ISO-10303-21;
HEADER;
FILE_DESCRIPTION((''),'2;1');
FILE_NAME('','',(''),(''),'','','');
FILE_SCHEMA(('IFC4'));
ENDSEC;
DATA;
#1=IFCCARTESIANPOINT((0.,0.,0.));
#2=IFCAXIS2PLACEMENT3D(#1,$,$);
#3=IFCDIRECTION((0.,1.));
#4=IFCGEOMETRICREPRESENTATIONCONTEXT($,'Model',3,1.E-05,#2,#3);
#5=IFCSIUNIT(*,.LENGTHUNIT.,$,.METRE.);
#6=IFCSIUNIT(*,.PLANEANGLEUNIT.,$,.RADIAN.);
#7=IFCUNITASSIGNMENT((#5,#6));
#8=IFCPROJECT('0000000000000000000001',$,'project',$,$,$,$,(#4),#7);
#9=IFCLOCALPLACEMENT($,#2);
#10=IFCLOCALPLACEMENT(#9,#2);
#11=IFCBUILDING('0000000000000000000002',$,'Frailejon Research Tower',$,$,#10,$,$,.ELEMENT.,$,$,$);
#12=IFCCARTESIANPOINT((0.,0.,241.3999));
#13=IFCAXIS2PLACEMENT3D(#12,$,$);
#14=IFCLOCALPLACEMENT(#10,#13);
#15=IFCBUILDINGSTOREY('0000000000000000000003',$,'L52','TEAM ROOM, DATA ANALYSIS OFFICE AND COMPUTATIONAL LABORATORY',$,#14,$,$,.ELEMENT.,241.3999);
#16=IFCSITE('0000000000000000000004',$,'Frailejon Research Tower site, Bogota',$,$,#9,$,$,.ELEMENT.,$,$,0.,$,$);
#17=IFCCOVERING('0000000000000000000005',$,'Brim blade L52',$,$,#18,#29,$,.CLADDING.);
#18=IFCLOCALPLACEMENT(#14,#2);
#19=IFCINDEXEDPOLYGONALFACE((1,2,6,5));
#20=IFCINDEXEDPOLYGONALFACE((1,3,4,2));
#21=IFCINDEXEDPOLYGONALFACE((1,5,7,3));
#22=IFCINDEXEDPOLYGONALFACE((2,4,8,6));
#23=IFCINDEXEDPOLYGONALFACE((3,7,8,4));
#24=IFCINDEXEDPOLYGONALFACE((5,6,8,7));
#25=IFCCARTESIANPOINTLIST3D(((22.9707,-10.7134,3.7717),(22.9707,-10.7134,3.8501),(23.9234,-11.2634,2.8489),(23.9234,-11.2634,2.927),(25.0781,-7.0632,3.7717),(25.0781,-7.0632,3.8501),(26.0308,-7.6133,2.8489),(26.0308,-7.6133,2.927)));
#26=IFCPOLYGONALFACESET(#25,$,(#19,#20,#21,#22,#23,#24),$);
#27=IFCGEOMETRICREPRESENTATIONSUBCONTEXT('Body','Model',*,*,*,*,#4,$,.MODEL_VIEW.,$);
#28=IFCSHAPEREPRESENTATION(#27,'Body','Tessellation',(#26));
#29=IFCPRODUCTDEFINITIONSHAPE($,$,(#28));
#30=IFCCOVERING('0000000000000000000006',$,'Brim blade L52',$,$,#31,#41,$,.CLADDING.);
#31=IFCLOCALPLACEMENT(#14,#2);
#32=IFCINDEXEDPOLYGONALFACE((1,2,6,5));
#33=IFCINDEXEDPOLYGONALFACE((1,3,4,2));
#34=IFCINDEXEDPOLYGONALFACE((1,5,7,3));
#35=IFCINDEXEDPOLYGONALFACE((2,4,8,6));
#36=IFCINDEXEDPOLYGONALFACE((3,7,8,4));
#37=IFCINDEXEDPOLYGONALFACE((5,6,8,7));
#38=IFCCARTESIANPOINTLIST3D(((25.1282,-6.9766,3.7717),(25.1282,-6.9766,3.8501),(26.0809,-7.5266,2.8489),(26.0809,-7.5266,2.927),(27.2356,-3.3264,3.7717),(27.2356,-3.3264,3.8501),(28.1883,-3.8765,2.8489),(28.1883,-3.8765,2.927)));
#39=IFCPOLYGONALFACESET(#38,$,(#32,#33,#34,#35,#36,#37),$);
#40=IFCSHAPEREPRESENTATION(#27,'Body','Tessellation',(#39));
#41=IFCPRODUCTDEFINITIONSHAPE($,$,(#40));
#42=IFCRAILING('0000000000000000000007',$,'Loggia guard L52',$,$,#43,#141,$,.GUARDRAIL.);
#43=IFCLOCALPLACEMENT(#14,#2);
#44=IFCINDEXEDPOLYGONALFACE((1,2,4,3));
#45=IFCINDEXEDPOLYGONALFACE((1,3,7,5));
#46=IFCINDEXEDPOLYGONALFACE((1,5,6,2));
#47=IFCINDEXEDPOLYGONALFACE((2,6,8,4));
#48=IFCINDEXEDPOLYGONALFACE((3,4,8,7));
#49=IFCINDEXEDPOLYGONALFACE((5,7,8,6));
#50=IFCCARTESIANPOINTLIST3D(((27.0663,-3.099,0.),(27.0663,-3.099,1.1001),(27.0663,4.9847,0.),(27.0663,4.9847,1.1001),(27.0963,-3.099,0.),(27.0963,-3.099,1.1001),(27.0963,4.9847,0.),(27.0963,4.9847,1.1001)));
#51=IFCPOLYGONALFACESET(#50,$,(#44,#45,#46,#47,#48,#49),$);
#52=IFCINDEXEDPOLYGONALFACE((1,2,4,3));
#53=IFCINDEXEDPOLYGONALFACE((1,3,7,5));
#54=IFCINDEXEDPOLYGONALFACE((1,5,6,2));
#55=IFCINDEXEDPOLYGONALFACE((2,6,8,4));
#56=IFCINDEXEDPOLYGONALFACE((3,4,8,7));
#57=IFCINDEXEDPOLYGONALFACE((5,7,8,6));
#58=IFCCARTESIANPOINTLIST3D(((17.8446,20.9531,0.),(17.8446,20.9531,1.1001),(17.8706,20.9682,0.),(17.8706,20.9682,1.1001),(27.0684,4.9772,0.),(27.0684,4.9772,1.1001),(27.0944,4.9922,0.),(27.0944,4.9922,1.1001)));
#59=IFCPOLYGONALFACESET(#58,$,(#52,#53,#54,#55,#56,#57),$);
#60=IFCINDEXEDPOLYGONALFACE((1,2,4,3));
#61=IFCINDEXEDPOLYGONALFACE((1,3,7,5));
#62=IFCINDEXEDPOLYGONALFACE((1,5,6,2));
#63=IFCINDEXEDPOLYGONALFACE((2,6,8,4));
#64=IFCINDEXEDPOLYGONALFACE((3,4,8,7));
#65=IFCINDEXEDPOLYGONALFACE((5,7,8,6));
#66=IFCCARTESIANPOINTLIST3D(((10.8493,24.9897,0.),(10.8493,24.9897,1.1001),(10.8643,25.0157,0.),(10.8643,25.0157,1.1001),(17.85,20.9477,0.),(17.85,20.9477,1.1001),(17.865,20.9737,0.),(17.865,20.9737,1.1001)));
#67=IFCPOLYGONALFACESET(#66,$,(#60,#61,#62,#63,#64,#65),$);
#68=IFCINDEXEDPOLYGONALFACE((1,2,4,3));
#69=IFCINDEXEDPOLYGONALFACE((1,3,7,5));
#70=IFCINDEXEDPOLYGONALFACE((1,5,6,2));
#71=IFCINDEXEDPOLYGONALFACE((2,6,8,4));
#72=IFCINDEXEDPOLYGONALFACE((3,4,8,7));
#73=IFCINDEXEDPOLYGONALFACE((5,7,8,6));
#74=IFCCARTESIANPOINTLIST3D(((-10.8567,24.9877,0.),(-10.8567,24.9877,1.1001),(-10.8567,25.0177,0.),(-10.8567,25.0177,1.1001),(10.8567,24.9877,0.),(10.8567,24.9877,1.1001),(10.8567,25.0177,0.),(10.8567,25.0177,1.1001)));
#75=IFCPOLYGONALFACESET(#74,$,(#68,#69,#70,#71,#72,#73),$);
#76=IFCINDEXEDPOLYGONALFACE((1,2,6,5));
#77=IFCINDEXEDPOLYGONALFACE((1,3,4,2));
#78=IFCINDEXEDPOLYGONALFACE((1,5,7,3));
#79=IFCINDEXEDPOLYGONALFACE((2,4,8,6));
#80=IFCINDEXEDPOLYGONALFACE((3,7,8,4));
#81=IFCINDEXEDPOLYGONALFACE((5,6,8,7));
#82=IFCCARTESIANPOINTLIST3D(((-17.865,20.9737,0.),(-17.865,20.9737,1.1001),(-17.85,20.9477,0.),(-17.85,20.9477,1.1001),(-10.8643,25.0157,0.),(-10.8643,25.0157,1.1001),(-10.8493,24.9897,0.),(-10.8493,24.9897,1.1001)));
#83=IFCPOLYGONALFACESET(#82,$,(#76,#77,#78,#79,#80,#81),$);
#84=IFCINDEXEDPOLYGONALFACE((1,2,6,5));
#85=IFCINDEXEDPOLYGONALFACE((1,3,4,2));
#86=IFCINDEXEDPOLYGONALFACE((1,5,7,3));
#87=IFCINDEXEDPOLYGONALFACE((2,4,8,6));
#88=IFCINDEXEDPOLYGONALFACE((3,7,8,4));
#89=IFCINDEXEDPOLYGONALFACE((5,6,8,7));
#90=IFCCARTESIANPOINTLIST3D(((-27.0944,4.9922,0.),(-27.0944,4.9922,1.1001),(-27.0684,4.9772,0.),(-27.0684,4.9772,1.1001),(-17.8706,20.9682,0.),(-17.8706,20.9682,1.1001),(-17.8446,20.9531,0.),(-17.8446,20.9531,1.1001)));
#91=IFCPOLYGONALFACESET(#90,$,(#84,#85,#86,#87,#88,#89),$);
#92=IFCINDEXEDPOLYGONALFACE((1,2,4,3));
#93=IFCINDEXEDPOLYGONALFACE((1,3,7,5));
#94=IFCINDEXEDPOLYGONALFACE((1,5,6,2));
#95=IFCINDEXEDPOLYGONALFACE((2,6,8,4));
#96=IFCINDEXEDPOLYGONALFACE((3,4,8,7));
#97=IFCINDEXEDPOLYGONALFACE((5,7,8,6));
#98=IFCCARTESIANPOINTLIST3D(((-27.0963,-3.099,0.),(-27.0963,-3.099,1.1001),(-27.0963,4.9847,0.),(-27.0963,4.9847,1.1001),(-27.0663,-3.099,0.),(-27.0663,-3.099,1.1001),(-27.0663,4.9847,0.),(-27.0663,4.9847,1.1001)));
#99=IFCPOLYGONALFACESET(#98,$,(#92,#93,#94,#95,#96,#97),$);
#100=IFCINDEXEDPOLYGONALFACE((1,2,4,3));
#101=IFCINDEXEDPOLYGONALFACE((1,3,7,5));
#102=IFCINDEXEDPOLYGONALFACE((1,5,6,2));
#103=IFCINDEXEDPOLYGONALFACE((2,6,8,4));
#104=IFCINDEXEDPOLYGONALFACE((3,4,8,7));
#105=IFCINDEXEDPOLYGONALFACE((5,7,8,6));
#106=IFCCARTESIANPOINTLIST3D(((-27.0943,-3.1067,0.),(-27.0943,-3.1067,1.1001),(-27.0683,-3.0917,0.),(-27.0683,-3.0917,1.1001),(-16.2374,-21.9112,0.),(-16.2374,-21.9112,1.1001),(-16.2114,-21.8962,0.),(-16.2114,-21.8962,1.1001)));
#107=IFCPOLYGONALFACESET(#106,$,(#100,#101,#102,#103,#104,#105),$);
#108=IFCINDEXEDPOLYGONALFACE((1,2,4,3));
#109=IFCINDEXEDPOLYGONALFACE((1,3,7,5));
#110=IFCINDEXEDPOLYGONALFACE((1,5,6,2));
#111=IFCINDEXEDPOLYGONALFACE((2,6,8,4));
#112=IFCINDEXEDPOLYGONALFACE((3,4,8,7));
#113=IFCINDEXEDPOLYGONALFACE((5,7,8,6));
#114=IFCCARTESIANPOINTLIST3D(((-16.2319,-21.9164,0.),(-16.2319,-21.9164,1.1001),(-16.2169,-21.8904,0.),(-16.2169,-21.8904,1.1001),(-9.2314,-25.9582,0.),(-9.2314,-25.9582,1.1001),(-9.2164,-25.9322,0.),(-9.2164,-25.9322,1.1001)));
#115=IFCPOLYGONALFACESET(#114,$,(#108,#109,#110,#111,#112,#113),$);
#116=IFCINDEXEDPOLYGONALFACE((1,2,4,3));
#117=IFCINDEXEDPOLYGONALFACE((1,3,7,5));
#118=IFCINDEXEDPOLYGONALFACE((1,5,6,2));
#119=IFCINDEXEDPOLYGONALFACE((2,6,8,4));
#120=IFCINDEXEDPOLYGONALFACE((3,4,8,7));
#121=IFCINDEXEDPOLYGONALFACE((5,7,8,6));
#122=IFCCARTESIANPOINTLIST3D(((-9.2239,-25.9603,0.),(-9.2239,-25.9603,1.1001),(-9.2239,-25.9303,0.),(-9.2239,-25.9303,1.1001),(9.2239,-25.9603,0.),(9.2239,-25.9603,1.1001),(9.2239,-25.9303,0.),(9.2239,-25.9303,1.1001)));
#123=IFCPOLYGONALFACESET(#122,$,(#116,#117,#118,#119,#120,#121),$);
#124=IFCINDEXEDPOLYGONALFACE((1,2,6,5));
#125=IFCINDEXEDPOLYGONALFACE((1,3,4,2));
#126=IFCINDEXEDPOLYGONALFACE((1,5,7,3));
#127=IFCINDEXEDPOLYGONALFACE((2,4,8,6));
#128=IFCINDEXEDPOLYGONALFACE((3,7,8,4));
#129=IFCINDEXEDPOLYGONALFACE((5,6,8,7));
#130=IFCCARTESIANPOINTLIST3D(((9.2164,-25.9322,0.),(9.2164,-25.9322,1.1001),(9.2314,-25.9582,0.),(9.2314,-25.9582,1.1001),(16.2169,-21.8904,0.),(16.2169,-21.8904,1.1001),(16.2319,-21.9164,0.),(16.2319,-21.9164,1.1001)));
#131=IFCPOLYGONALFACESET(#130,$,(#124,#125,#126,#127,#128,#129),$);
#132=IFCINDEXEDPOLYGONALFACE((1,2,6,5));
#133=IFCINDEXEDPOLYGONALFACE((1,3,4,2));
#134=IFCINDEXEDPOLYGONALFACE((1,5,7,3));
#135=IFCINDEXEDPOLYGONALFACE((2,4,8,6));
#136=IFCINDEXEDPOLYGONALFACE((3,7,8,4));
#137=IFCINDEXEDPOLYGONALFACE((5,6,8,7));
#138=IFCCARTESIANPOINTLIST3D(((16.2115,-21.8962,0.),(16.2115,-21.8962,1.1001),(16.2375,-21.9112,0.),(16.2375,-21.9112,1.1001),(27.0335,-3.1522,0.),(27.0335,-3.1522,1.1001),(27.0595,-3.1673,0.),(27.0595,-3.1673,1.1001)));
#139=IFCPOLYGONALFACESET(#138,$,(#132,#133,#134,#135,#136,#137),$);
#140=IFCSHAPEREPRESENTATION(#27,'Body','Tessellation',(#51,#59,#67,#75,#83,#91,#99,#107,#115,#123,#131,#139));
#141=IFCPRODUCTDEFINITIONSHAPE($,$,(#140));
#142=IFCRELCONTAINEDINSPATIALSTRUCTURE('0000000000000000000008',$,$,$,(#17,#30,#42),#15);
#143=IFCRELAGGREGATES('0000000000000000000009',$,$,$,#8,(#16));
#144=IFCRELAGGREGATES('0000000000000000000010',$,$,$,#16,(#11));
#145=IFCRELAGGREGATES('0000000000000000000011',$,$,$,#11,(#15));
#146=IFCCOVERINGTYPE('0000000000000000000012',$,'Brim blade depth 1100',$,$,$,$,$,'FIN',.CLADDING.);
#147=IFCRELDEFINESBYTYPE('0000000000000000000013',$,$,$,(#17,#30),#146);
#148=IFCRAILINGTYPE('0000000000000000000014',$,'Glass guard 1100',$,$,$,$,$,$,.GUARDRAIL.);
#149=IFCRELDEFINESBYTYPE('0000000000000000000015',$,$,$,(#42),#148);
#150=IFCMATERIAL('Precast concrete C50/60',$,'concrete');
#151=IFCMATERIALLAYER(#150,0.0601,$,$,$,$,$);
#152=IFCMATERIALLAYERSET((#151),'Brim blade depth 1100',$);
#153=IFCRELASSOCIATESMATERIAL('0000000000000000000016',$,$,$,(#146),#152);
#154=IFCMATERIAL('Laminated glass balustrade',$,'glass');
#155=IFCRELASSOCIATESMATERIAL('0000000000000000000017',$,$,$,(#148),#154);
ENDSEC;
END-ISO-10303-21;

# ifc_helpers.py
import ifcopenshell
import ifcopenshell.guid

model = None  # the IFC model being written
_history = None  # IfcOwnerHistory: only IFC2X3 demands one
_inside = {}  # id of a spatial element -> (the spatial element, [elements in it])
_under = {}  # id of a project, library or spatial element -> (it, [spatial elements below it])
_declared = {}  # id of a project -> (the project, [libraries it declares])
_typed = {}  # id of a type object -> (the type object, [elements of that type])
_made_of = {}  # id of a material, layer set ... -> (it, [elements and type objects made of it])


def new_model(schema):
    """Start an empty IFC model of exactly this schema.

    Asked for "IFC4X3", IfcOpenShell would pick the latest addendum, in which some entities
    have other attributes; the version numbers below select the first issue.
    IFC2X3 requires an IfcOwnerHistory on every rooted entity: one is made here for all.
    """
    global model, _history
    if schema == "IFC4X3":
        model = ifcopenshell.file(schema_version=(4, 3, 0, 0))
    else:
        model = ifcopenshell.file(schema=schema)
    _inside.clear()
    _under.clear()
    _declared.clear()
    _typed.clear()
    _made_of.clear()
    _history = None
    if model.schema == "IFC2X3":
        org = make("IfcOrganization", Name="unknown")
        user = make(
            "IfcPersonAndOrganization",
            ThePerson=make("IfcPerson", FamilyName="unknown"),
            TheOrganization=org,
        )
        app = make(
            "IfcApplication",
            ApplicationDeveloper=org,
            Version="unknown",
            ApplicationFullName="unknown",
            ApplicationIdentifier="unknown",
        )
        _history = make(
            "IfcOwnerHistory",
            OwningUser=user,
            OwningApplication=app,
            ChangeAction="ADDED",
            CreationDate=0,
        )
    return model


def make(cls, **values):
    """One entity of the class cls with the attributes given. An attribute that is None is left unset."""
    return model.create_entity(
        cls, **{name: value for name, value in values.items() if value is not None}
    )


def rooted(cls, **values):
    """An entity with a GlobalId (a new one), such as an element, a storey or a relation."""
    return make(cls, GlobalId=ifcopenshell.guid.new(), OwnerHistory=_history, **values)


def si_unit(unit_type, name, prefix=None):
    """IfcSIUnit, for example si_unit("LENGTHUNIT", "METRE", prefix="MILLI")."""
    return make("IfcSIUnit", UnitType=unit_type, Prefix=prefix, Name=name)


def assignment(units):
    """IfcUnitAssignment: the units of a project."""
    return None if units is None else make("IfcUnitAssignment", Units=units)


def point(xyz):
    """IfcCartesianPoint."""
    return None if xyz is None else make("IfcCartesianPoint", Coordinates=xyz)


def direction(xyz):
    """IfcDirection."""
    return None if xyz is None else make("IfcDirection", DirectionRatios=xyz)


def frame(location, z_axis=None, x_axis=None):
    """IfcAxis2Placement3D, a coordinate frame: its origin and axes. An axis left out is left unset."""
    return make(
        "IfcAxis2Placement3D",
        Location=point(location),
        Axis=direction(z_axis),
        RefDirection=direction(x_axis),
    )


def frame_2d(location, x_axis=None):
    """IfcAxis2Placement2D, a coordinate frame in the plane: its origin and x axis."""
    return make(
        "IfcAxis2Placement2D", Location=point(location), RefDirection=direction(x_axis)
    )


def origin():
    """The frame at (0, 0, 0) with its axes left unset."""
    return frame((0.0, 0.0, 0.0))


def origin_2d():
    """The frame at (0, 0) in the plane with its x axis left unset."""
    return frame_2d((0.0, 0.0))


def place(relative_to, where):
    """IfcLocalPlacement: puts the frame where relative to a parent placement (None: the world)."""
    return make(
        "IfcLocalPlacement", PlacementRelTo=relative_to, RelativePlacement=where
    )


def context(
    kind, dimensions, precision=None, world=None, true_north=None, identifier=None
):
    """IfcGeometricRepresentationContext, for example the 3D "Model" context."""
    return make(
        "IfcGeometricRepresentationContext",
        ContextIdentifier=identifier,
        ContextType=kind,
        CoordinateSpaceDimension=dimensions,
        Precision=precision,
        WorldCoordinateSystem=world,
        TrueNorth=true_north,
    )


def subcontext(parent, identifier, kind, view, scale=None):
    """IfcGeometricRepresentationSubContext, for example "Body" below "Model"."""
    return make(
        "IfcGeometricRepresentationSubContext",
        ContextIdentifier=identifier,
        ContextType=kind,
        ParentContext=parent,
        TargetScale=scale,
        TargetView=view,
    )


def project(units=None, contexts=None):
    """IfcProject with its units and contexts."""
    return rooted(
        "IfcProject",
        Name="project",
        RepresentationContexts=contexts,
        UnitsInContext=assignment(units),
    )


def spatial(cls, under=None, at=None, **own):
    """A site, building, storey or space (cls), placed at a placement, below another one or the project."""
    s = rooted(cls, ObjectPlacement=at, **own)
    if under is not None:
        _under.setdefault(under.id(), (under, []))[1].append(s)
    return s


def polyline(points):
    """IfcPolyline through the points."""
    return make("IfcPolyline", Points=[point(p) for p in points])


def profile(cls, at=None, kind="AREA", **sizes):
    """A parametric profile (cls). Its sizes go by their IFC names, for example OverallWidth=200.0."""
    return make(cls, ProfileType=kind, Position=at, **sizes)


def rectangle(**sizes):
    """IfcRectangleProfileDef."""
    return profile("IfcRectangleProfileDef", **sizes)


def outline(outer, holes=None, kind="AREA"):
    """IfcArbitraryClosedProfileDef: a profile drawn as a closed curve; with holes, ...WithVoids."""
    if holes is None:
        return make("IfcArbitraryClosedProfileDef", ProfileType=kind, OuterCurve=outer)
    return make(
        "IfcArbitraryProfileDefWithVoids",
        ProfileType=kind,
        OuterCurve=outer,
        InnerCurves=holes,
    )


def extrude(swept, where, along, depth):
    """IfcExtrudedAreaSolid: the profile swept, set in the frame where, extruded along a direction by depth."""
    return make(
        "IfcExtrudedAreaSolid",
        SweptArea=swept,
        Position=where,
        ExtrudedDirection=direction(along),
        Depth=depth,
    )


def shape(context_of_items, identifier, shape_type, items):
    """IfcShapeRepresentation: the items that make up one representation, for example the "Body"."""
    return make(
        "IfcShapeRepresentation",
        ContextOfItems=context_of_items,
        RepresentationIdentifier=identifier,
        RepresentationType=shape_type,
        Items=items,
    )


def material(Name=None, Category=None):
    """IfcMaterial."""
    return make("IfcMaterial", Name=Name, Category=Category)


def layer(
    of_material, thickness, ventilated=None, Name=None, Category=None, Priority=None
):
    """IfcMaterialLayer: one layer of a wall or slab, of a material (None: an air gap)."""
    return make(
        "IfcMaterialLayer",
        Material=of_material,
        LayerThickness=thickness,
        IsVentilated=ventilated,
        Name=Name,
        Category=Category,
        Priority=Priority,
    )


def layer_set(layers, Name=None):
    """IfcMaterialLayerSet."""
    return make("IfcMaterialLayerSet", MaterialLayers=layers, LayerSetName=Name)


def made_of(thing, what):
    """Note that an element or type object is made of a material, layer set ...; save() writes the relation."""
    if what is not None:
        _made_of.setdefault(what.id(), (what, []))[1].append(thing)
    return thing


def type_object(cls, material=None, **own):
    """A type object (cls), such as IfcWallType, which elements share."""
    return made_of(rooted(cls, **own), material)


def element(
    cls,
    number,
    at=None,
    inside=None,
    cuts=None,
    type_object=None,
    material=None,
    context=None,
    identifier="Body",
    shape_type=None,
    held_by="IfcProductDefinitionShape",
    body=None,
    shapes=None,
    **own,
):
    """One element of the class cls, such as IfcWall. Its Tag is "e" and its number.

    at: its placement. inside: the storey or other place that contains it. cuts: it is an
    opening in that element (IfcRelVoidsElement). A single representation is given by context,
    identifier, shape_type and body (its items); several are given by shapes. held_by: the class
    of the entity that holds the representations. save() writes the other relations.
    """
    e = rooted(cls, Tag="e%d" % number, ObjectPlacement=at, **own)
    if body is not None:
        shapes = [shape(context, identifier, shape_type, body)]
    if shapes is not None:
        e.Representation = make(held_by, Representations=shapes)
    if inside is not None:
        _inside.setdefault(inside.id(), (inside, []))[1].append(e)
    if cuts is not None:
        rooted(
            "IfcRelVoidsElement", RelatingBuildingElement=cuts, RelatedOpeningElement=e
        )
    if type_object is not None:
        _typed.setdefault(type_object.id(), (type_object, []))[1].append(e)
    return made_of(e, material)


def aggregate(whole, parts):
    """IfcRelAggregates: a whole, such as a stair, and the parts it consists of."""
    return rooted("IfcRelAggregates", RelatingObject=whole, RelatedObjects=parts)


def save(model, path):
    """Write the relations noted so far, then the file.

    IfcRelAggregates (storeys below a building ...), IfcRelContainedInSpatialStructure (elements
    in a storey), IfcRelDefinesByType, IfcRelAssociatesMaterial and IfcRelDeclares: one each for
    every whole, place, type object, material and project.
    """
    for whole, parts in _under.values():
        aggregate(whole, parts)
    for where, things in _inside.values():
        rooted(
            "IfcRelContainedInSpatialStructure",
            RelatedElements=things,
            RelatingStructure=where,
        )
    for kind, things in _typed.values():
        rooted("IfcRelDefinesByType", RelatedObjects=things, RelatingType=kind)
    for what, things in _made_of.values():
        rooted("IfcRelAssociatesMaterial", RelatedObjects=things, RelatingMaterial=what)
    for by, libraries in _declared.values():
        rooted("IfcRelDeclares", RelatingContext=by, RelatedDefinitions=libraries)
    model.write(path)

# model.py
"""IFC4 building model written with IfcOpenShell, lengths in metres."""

from ifc_helpers import new_model, si_unit, direction, frame, origin, origin_2d, place, context, subcontext, project, spatial, polyline, rectangle, outline, extrude, material, layer, layer_set, type_object, element, save


model = new_model("IFC4")

# Units and contexts
model_context = context("Model", 3, precision=1e-05, world=origin(), true_north=direction((0.0, 1.0)))
body_context = subcontext(model_context, "Body", "Model", "MODEL_VIEW")
ifc_project = project(units=[si_unit("LENGTHUNIT", "METRE"), si_unit("PLANEANGLEUNIT", "RADIAN")], contexts=[model_context])

# Site, building, storey
site_placement = place(None, origin())
site = spatial("IfcSite", under=ifc_project, at=site_placement, Name="Frailejon Research Tower site, Bogota", CompositionType="ELEMENT", RefElevation=0.0)
building_placement = place(site_placement, origin())
building = spatial("IfcBuilding", under=site, at=building_placement, Name="Frailejon Research Tower", CompositionType="ELEMENT")
storey_placement = place(building_placement, frame((0.0, 0.0, 241.3999)))
storey = spatial("IfcBuildingStorey", under=building, at=storey_placement, Name="L52", Description="TEAM ROOM, DATA ANALYSIS OFFICE AND COMPUTATIONAL LABORATORY", CompositionType="ELEMENT", Elevation=241.3999)

# Coverings
ifc_material_1 = material(Name="Precast concrete C50/60", Category="concrete")
ifc_layer_1 = layer(ifc_material_1, 0.0601)
ifc_layer_set_1 = layer_set([ifc_layer_1], Name="Brim blade depth 1100")
covering_type = type_object("IfcCoveringType", Name="Brim blade depth 1100", ElementType="FIN", PredefinedType="CLADDING", material=ifc_layer_set_1)
for number, where, z_axis, x_axis, name in (
    (1, (25.0781, -7.0632, 3.8501), (-0.500003, -0.866024, 0.0), (0.866024, -0.500003, 0.0), "Brim blade L52"),
    (2, (27.2356, -3.3264, 3.8501), (-0.500003, -0.866024, 0.0), (0.866024, -0.500003, 0.0), "Brim blade L52"),
):
    element("IfcCovering", number, at=place(storey_placement, frame(where, z_axis=z_axis, x_axis=x_axis)), inside=storey, type_object=covering_type, Name=name, PredefinedType="CLADDING", context=body_context, shape_type="SweptSolid", body=[
        extrude(outline(polyline([(0.0, -0.0784), (1.1001, -1.0012), (1.1001, -0.9231), (0.0, 0.0), (0.0, -0.0784)])), origin(), (0.0, 0.0, 1.0), 4.2148),
    ])

# Railing
ifc_material_2 = material(Name="Laminated glass balustrade", Category="glass")
railing_type = type_object("IfcRailingType", Name="Glass guard 1100", PredefinedType="GUARDRAIL", material=ifc_material_2)
railing_placement = place(storey_placement, frame((27.0813, -3.0991, 0.0)))
element("IfcRailing", 3, at=railing_placement, inside=storey, type_object=railing_type, Name="Loggia guard L52", PredefinedType="GUARDRAIL", context=body_context, shape_type="SweptSolid", body=[
    extrude(rectangle(XDim=8.0837, YDim=0.03, at=origin_2d()), frame((0.0, 4.042, 0.0), z_axis=(0.0, 0.0, 1.0), x_axis=(0.0, 1.0, 0.0)), (0.0, 0.0, 1.0), 1.1001),
    extrude(rectangle(XDim=18.4475, YDim=0.03, at=origin_2d()), frame((-4.6118, 16.0718, 0.0), z_axis=(0.0, 0.0, 1.0), x_axis=(-0.500004, 0.866023, 0.0)), (0.0, 0.0, 1.0), 1.1001),
    extrude(rectangle(XDim=8.0837, YDim=0.03, at=origin_2d()), frame((-12.7241, 26.0808, 0.0), z_axis=(0.0, 0.0, 1.0), x_axis=(-0.866019, 0.500011, 0.0)), (0.0, 0.0, 1.0), 1.1001),
    extrude(rectangle(XDim=21.7134, YDim=0.03, at=origin_2d()), frame((-27.0813, 28.1018, 0.0), z_axis=(0.0, 0.0, 1.0), x_axis=(-1.0, 0.0, 0.0)), (0.0, 0.0, 1.0), 1.1001),
    extrude(rectangle(XDim=8.0837, YDim=0.03, at=origin_2d()), frame((-41.4385, 26.0808, 0.0), z_axis=(0.0, 0.0, 1.0), x_axis=(-0.866019, -0.500011, 0.0)), (0.0, 0.0, 1.0), 1.1001),
    extrude(rectangle(XDim=18.4475, YDim=0.03, at=origin_2d()), frame((-49.5508, 16.0718, 0.0), z_axis=(0.0, 0.0, 1.0), x_axis=(-0.500004, -0.866023, 0.0)), (0.0, 0.0, 1.0), 1.1001),
    extrude(rectangle(XDim=8.0837, YDim=0.03, at=origin_2d()), frame((-54.1626, 4.042, 0.0), z_axis=(0.0, 0.0, 1.0), x_axis=(0.0, -1.0, 0.0)), (0.0, 0.0, 1.0), 1.1001),
    extrude(rectangle(XDim=21.7136, YDim=0.03, at=origin_2d()), frame((-48.7341, -9.4023, 0.0), z_axis=(0.0, 0.0, 1.0), x_axis=(0.500006, -0.866022, 0.0)), (0.0, 0.0, 1.0), 1.1001),
    extrude(rectangle(XDim=8.0835, YDim=0.03, at=origin_2d()), frame((-39.8054, -20.8252, 0.0), z_axis=(0.0, 0.0, 1.0), x_axis=(0.866025, -0.500001, 0.0)), (0.0, 0.0, 1.0), 1.1001),
    extrude(rectangle(XDim=18.4478, YDim=0.03, at=origin_2d()), frame((-27.0813, -22.8462, 0.0), z_axis=(0.0, 0.0, 1.0), x_axis=(1.0, 0.0, 0.0)), (0.0, 0.0, 1.0), 1.1001),
    extrude(rectangle(XDim=8.0835, YDim=0.03, at=origin_2d()), frame((-14.3572, -20.8252, 0.0), z_axis=(0.0, 0.0, 1.0), x_axis=(0.866025, 0.500001, 0.0)), (0.0, 0.0, 1.0), 1.1001),
    extrude(rectangle(XDim=21.6438, YDim=0.03, at=origin_2d()), frame((-5.4458, -9.4326, 0.0), z_axis=(0.0, 0.0, 1.0), x_axis=(0.500008, 0.866021, 0.0)), (0.0, 0.0, 1.0), 1.1001),
])

save(model, "model.ifc")
